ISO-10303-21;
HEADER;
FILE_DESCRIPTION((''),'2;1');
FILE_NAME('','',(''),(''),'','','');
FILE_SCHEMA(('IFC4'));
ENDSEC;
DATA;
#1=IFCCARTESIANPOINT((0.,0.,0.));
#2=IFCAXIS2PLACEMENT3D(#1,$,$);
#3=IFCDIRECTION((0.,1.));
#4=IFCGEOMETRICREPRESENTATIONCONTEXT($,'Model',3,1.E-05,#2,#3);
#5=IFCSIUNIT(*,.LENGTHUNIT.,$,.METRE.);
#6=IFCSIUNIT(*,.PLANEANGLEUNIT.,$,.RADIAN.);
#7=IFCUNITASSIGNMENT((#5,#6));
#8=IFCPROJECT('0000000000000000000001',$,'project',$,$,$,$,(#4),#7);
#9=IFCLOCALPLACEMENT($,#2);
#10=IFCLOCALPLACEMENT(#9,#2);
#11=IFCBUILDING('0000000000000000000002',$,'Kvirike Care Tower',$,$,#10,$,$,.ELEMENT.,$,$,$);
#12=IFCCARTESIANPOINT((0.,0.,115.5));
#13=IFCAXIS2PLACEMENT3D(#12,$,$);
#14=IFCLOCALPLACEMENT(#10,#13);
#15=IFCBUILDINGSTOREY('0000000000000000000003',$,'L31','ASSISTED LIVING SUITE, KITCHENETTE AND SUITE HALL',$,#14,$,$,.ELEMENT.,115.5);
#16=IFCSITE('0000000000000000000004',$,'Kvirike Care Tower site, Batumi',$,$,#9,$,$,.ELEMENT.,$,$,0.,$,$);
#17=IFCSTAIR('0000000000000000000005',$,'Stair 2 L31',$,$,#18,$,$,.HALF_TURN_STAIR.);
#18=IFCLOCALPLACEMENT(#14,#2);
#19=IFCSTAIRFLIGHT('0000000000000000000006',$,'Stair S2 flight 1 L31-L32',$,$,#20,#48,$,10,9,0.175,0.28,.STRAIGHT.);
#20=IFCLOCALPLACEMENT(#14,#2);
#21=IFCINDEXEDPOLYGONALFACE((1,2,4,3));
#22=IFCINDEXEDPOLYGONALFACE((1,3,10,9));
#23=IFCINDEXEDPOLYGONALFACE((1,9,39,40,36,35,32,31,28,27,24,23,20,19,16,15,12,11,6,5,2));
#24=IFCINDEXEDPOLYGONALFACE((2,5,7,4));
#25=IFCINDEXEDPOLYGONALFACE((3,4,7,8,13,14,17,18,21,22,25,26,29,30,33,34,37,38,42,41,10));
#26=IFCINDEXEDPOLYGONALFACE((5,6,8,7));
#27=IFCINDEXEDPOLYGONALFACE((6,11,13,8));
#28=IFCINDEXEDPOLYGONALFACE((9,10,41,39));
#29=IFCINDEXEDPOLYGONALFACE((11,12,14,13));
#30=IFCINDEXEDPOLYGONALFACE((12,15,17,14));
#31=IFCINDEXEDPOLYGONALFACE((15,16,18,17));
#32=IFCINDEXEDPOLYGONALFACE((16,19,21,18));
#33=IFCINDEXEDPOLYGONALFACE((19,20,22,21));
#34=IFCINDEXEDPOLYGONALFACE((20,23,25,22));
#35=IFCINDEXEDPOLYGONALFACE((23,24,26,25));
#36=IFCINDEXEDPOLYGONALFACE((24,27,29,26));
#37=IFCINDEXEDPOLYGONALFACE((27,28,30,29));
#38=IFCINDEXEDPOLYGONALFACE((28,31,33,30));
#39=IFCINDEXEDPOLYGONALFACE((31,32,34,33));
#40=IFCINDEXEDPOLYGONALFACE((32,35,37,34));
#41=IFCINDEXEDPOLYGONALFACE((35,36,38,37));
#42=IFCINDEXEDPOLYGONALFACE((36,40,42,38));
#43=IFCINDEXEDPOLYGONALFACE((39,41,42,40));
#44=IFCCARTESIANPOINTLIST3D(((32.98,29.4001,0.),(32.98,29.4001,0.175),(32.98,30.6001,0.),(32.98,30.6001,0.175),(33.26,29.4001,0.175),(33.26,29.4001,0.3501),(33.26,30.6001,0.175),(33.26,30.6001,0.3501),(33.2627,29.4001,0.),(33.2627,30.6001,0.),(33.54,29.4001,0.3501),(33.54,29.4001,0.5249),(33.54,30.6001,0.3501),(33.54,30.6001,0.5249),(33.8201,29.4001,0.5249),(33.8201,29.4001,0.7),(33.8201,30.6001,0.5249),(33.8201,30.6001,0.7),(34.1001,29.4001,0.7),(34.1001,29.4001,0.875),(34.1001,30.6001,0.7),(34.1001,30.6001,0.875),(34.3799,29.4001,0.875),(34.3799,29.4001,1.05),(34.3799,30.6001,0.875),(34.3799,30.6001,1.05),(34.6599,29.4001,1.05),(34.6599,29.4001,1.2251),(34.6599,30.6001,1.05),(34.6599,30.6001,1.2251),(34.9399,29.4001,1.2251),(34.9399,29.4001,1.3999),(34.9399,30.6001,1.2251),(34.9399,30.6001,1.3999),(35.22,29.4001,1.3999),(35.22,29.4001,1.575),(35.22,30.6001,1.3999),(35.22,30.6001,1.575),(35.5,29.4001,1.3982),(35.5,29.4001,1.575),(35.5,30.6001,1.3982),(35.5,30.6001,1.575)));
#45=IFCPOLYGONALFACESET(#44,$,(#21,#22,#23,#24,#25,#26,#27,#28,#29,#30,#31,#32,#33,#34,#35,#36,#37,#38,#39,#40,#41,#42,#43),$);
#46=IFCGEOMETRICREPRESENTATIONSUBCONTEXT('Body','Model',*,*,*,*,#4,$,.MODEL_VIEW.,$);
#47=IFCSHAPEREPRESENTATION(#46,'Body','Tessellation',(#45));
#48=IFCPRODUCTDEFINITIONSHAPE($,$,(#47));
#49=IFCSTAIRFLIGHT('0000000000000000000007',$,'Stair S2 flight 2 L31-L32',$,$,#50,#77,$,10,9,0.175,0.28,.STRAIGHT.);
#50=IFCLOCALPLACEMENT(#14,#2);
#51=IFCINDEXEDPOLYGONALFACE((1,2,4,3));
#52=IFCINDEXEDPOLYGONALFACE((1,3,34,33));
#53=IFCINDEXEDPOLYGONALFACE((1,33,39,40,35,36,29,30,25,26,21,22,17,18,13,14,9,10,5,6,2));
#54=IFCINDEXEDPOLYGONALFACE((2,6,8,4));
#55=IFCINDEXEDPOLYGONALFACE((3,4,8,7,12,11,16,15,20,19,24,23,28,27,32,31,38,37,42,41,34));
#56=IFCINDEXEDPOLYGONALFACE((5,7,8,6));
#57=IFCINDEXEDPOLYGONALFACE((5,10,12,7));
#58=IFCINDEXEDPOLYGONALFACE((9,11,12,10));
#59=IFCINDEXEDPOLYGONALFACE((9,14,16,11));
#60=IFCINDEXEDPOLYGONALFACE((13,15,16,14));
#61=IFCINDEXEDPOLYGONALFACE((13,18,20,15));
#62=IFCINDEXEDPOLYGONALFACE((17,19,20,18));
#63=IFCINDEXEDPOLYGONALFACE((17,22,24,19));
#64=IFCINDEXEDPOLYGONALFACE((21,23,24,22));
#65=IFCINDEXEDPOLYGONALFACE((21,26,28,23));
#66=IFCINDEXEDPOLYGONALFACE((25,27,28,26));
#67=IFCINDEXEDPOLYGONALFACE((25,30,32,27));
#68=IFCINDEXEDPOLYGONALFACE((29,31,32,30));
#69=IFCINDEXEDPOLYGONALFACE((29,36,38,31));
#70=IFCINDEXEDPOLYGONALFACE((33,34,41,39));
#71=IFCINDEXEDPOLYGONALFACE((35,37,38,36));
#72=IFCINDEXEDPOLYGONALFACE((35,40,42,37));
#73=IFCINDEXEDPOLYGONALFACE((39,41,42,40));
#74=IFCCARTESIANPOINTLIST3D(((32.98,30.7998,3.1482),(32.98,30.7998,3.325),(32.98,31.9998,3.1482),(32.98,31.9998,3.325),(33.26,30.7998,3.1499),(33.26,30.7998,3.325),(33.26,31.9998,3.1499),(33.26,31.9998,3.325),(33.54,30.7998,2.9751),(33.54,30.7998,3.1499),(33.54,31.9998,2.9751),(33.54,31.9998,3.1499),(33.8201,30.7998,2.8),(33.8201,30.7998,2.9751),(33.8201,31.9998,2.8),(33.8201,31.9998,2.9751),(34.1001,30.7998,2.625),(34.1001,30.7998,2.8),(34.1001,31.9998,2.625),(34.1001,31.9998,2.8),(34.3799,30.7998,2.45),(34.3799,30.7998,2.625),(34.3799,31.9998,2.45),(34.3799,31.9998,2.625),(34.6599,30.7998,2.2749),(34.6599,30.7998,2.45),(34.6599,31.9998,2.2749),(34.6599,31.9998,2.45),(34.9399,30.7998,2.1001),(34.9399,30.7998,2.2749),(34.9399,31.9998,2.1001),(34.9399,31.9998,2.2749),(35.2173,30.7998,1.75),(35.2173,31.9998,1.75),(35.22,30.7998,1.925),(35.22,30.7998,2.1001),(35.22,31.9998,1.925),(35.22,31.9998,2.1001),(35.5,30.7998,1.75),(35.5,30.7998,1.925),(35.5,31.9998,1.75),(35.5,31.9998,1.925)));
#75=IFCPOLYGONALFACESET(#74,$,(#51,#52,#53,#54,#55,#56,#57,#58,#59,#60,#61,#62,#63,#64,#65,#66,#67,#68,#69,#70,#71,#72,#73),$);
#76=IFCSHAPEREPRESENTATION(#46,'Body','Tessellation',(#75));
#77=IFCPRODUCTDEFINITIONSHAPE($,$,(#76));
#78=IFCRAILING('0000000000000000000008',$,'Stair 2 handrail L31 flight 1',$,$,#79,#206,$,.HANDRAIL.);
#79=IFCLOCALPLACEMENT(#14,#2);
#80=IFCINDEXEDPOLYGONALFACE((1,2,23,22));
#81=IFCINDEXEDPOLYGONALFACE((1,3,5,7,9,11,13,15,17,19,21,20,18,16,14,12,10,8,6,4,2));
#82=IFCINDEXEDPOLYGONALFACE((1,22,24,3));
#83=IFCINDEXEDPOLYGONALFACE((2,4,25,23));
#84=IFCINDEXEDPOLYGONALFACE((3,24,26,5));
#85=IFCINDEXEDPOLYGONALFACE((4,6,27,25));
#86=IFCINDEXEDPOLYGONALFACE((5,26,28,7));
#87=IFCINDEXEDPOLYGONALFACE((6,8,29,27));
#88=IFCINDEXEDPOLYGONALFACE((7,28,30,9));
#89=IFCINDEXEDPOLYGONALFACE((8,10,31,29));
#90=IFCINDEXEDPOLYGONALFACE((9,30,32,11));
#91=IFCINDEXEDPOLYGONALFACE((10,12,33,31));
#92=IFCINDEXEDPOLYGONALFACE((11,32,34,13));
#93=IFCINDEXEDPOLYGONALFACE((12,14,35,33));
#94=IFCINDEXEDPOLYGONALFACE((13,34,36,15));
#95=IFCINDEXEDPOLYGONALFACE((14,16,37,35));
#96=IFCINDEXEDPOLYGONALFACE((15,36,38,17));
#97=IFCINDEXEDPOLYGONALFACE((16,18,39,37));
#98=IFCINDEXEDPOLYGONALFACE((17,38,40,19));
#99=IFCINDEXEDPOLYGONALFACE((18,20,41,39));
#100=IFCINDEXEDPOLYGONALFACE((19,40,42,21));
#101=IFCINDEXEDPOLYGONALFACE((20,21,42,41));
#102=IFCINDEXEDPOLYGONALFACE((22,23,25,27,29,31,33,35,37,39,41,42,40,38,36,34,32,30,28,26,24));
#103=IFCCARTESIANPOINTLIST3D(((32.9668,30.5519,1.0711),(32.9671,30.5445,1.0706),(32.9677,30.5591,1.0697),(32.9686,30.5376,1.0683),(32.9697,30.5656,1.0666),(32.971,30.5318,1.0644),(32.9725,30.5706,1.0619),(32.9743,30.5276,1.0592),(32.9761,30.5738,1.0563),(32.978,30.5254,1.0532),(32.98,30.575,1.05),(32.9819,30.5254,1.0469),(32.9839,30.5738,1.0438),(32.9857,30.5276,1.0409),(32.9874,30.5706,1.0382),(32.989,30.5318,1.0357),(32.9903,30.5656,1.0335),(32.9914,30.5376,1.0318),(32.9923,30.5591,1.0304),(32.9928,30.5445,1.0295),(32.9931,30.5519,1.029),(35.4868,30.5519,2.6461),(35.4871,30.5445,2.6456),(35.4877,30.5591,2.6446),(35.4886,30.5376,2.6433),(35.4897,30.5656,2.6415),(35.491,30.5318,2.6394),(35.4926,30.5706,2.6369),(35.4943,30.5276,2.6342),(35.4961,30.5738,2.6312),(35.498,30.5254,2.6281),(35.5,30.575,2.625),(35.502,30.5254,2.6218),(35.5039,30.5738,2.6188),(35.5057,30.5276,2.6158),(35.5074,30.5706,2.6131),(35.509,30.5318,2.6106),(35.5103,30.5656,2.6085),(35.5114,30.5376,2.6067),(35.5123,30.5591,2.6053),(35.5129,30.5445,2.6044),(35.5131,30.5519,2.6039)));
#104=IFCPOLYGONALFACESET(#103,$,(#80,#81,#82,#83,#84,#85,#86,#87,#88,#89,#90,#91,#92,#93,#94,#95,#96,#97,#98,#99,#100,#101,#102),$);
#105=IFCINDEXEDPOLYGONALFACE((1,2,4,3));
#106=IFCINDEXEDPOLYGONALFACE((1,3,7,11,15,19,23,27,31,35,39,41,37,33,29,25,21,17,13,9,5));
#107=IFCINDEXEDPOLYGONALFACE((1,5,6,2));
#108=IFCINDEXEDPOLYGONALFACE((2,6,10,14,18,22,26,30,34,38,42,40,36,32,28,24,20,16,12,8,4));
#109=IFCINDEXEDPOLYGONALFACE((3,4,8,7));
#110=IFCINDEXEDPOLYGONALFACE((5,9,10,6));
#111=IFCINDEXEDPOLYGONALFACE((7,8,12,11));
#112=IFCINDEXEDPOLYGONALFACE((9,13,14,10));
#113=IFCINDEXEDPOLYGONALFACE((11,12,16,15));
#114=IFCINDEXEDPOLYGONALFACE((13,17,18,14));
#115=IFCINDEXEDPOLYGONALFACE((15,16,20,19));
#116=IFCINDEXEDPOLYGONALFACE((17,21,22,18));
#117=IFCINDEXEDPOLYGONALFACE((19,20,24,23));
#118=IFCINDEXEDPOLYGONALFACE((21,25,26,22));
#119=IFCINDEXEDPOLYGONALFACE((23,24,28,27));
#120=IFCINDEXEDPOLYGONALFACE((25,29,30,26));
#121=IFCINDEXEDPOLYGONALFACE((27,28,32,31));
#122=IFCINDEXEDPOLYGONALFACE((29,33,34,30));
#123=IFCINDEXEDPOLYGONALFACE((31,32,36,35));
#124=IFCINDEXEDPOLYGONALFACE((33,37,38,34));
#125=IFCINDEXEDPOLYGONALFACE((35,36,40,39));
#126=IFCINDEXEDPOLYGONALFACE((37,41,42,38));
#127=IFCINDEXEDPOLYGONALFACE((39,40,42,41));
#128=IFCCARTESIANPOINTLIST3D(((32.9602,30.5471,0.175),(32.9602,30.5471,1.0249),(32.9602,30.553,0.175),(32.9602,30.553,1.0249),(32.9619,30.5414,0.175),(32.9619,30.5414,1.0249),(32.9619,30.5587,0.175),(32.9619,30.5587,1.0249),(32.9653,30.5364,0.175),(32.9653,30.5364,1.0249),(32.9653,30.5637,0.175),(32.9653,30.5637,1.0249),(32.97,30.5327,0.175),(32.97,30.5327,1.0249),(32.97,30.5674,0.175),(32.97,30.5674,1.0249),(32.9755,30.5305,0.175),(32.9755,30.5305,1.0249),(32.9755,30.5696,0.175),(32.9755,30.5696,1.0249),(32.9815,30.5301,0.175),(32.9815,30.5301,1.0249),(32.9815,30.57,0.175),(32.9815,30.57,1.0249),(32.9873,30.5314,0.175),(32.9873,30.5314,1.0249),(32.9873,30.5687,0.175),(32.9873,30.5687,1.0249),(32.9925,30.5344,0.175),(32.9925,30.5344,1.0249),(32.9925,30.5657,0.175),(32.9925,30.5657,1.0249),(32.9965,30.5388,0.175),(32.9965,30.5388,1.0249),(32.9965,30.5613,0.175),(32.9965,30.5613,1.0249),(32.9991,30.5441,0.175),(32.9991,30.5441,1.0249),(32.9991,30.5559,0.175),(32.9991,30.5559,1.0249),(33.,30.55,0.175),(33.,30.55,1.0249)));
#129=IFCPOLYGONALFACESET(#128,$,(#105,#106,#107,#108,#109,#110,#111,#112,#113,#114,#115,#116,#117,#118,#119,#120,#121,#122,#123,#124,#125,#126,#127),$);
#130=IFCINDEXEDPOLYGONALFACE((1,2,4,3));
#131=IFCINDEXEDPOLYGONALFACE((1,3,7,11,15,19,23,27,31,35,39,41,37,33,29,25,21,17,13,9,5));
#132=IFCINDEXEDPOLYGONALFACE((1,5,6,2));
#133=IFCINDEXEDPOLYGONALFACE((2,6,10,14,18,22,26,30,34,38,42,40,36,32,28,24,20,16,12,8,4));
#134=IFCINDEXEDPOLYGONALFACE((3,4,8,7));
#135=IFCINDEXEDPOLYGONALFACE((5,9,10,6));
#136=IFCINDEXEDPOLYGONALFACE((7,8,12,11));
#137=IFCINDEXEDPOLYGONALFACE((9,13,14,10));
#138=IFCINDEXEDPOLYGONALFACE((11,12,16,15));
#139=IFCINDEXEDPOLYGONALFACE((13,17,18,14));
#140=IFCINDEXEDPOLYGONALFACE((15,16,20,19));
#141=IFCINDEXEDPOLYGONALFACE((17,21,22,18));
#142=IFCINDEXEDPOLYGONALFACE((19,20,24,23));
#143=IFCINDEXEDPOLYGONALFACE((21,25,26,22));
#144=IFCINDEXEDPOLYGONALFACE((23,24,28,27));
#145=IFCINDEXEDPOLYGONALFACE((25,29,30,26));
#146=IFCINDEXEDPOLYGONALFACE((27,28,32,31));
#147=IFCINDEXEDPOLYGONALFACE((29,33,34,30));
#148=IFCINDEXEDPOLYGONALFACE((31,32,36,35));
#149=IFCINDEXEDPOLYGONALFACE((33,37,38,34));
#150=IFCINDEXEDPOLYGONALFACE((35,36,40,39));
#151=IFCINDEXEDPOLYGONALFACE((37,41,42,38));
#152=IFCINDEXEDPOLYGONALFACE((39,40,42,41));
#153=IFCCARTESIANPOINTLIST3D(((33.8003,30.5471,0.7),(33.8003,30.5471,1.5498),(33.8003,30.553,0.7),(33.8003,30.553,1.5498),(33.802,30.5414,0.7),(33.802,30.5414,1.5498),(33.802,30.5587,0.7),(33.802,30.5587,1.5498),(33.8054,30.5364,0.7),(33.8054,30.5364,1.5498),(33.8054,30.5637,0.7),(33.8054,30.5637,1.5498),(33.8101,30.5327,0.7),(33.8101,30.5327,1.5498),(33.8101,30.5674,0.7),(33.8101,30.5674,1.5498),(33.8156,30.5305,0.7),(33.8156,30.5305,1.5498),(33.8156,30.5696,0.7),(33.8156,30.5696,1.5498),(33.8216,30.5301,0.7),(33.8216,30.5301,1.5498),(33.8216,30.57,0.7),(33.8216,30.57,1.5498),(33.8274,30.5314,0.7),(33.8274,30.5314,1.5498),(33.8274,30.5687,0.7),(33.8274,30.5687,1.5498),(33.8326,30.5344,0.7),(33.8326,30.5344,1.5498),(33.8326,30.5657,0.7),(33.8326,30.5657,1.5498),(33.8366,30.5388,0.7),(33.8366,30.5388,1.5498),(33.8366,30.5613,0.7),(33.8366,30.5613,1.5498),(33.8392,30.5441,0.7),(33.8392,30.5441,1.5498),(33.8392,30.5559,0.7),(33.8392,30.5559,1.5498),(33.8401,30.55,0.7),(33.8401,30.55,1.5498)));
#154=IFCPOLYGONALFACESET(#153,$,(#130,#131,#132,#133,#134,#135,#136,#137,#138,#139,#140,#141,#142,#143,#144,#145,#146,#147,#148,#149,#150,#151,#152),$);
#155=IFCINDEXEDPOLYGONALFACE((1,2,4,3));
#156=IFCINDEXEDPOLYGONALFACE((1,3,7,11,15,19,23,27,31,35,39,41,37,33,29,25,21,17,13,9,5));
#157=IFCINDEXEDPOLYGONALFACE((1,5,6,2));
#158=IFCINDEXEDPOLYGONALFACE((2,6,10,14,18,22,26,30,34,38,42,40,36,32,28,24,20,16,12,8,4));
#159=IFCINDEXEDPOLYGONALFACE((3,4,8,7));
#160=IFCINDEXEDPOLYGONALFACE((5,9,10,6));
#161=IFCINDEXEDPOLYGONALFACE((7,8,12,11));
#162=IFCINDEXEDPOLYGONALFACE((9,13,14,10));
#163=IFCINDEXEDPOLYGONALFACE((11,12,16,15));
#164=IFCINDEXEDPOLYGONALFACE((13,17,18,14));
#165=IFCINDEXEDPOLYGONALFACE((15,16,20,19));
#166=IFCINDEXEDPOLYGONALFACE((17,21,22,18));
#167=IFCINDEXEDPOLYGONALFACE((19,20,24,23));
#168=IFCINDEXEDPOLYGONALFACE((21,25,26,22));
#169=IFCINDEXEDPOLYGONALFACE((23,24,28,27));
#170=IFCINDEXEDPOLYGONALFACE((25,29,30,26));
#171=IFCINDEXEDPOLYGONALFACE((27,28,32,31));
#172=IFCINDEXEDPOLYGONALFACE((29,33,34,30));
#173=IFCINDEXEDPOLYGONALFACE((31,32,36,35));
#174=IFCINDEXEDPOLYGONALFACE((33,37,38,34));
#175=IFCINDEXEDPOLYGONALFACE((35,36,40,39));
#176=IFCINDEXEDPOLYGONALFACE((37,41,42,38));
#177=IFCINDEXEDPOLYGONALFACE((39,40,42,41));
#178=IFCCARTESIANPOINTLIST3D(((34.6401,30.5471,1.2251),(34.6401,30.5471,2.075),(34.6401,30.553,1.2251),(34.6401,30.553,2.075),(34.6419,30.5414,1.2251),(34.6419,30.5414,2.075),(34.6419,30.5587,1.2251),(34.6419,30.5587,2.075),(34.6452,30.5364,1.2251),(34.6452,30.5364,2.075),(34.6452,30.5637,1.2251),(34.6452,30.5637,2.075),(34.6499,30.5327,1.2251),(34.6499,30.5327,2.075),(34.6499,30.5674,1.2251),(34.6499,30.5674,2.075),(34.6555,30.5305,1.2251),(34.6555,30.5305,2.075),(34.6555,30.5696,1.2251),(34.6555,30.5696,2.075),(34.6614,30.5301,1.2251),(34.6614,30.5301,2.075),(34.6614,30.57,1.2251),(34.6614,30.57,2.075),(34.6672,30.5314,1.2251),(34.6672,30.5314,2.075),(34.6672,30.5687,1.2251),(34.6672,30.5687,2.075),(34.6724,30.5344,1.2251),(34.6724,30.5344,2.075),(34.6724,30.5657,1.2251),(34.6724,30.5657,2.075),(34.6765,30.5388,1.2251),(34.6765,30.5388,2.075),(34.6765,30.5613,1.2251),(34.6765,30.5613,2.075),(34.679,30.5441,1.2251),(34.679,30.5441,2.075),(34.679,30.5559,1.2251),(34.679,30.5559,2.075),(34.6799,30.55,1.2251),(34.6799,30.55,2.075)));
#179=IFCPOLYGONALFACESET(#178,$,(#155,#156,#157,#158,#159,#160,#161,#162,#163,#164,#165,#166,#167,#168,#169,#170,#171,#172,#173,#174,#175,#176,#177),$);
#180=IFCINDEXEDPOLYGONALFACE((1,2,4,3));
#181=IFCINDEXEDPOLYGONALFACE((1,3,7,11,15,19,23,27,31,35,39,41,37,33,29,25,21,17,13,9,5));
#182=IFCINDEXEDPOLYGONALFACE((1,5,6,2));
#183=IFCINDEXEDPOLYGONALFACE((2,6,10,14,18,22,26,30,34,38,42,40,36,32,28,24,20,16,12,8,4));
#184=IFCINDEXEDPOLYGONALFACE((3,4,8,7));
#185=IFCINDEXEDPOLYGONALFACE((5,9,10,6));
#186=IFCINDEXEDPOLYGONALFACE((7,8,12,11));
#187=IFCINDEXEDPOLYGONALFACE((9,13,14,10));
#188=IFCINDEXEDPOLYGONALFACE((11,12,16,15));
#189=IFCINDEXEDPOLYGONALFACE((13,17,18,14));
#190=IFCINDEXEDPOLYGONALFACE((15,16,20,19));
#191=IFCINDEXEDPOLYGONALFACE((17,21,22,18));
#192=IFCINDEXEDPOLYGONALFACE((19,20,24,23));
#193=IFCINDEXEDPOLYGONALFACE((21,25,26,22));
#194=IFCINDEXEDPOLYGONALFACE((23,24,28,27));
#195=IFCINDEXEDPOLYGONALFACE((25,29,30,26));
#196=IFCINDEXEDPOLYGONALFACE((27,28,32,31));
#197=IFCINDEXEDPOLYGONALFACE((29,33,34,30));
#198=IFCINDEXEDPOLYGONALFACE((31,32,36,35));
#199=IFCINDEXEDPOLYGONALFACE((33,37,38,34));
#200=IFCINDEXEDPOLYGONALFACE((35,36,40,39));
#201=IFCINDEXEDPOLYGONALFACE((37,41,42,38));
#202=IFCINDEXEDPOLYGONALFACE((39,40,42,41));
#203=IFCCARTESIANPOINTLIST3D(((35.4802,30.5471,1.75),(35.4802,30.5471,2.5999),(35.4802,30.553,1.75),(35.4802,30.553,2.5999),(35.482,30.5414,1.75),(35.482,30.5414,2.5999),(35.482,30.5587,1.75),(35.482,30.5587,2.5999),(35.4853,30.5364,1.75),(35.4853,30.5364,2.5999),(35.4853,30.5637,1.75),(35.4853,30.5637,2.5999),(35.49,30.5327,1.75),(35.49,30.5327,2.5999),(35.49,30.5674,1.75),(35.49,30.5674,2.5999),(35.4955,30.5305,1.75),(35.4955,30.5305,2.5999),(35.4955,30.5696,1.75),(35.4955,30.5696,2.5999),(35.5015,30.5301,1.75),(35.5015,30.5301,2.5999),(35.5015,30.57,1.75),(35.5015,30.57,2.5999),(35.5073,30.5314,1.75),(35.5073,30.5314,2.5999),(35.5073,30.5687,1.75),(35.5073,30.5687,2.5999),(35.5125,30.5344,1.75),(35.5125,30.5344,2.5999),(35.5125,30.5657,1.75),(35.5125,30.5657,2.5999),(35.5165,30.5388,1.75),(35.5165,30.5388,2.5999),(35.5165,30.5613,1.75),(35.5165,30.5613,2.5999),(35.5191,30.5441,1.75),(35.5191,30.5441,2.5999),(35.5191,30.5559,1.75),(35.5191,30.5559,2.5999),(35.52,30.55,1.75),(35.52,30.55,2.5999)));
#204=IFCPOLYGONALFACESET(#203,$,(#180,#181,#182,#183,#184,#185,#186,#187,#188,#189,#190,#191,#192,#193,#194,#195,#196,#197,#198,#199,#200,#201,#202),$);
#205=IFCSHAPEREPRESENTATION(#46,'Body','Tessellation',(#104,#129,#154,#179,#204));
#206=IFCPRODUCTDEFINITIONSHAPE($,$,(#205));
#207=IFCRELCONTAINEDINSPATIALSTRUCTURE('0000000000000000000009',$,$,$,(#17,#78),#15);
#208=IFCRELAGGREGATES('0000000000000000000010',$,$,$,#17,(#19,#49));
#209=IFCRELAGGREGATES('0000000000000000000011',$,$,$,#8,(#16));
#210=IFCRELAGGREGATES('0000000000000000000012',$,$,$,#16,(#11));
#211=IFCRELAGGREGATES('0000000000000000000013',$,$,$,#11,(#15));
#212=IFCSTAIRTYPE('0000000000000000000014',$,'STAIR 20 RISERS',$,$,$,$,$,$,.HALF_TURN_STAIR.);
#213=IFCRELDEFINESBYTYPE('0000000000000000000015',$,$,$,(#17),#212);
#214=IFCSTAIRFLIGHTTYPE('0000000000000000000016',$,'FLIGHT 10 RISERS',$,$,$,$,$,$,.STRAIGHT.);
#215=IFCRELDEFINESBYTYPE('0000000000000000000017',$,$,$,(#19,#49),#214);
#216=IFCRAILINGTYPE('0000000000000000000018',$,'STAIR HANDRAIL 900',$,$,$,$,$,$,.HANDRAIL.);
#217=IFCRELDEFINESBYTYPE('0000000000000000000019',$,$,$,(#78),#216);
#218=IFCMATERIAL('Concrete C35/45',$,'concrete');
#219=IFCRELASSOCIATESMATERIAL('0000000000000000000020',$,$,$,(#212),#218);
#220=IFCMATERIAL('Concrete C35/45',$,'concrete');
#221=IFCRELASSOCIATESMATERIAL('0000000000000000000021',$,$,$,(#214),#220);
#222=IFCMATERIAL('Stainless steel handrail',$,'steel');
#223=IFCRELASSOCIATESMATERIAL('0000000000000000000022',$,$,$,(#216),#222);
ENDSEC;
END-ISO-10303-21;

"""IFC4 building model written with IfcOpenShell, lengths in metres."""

from ifc_helpers import new_model, si_unit, direction, frame, origin, origin_2d, place, context, subcontext, project, spatial, polyline, circle, outline, extrude, material, type_object, element, aggregate, save


model = new_model("IFC4")

# Units and contexts
model_context = context("Model", 3, precision=1e-05, world=origin(), true_north=direction((0.0, 1.0)))
body_context = subcontext(model_context, "Body", "Model", "MODEL_VIEW")
ifc_project = project(units=[si_unit("LENGTHUNIT", "METRE"), si_unit("PLANEANGLEUNIT", "RADIAN")], contexts=[model_context])

# Site, building, storey
site_placement = place(None, origin())
site = spatial("IfcSite", under=ifc_project, at=site_placement, Name="Kvirike Care Tower site, Batumi", CompositionType="ELEMENT", RefElevation=0.0)
building_placement = place(site_placement, origin())
building = spatial("IfcBuilding", under=site, at=building_placement, Name="Kvirike Care Tower", CompositionType="ELEMENT")
storey_placement = place(building_placement, frame((0.0, 0.0, 115.5)))
storey = spatial("IfcBuildingStorey", under=building, at=storey_placement, Name="L31", Description="ASSISTED LIVING SUITE, KITCHENETTE AND SUITE HALL", CompositionType="ELEMENT", Elevation=115.5)

# Stair, stair flights
ifc_material_1 = material(Name="Concrete C35/45", Category="concrete")
stair_type = type_object("IfcStairType", Name="STAIR 20 RISERS", PredefinedType="HALF_TURN_STAIR", material=ifc_material_1)
stair_placement = place(storey_placement, origin())
stair = element("IfcStair", 1, at=stair_placement, inside=storey, type_object=stair_type, Name="Stair 2 L31", PredefinedType="HALF_TURN_STAIR")
ifc_material_2 = material(Name="Concrete C35/45", Category="concrete")
stair_flight_type = type_object("IfcStairFlightType", Name="FLIGHT 10 RISERS", PredefinedType="STRAIGHT", material=ifc_material_2)
stair_flight_1_placement = place(storey_placement, frame((32.98, 30.0, 0.0), z_axis=(0.0, 0.0, 1.0), x_axis=(1.0, 0.0, 0.0)))
stair_flight_1 = element("IfcStairFlight", 2, at=stair_flight_1_placement, type_object=stair_flight_type, Name="Stair S2 flight 1 L31-L32", NumberOfRisers=10, NumberOfTreads=9, PredefinedType="STRAIGHT", RiserHeight=0.175, TreadLength=0.28, context=body_context, shape_type="SweptSolid", body=[
    extrude(outline(polyline([(0.0, 0.0), (0.0, 0.175), (0.28, 0.175), (0.28, 0.3501), (0.5601, 0.3501), (0.5601, 0.5249), (0.8401, 0.5249), (0.8401, 0.7), (1.1201, 0.7), (1.1201, 0.875), (1.3999, 0.875), (1.3999, 1.05), (1.6799, 1.05), (1.6799, 1.2251), (1.96, 1.2251), (1.96, 1.3999), (2.24, 1.3999), (2.24, 1.575), (2.52, 1.575), (2.52, 1.75), (2.52, 1.3982), (0.2827, 0.0), (0.0, 0.0)])), frame((0.0, 0.6001, 0.0), z_axis=(0.0, -1.0, 0.0), x_axis=(1.0, 0.0, 0.0)), (0.0, 0.0, 1.0), 1.2),
])
stair_flight_2_placement = place(storey_placement, frame((35.5, 31.3999, 1.75), z_axis=(0.0, 0.0, 1.0), x_axis=(-1.0, 0.0, 0.0)))
stair_flight_2 = element("IfcStairFlight", 3, at=stair_flight_2_placement, type_object=stair_flight_type, Name="Stair S2 flight 2 L31-L32", NumberOfRisers=10, NumberOfTreads=9, PredefinedType="STRAIGHT", RiserHeight=0.175, TreadLength=0.28, context=body_context, shape_type="SweptSolid", body=[
    extrude(outline(polyline([(0.0, 0.0), (0.0, 0.175), (0.28, 0.175), (0.28, 0.3501), (0.5601, 0.3501), (0.5601, 0.5249), (0.8401, 0.5249), (0.8401, 0.7), (1.1201, 0.7), (1.1201, 0.875), (1.3999, 0.875), (1.3999, 1.05), (1.6799, 1.05), (1.6799, 1.2251), (1.96, 1.2251), (1.96, 1.3999), (2.24, 1.3999), (2.24, 1.575), (2.52, 1.575), (2.52, 1.75), (2.52, 1.3982), (0.2827, 0.0), (0.0, 0.0)])), frame((0.0, 0.6001, 0.0), z_axis=(0.0, -1.0, 0.0), x_axis=(1.0, 0.0, 0.0)), (0.0, 0.0, 1.0), 1.2),
])
aggregate(stair, [stair_flight_1, stair_flight_2])

# Railing
ifc_material_3 = material(Name="Stainless steel handrail", Category="steel")
railing_type = type_object("IfcRailingType", Name="STAIR HANDRAIL 900", PredefinedType="HANDRAIL", material=ifc_material_3)
railing_1_placement = place(storey_placement, frame((32.98, 30.55, 0.175)))
element("IfcRailing", 4, at=railing_1_placement, inside=storey, type_object=railing_type, Name="Stair 2 handrail L31 flight 1", PredefinedType="HANDRAIL", context=body_context, shape_type="SweptSolid", body=[
    extrude(circle(Radius=0.0249, at=origin_2d()), frame((0.0, 0.0, 0.875), z_axis=(0.848008, 0.0, 0.529984), x_axis=(0.0, 1.0, 0.0)), (0.0, 0.0, 1.0), 2.9717),
    extrude(circle(Radius=0.02, at=origin_2d()), origin(), (0.0, 0.0, 1.0), 0.8499),
    extrude(circle(Radius=0.02, at=origin_2d()), frame((0.8401, 0.0, 0.5249)), (0.0, 0.0, 1.0), 0.8499),
    extrude(circle(Radius=0.02, at=origin_2d()), frame((1.6799, 0.0, 1.05)), (0.0, 0.0, 1.0), 0.8499),
    extrude(circle(Radius=0.02, at=origin_2d()), frame((2.52, 0.0, 1.575)), (0.0, 0.0, 1.0), 0.8499),
])

save(model, "model.ifc")
